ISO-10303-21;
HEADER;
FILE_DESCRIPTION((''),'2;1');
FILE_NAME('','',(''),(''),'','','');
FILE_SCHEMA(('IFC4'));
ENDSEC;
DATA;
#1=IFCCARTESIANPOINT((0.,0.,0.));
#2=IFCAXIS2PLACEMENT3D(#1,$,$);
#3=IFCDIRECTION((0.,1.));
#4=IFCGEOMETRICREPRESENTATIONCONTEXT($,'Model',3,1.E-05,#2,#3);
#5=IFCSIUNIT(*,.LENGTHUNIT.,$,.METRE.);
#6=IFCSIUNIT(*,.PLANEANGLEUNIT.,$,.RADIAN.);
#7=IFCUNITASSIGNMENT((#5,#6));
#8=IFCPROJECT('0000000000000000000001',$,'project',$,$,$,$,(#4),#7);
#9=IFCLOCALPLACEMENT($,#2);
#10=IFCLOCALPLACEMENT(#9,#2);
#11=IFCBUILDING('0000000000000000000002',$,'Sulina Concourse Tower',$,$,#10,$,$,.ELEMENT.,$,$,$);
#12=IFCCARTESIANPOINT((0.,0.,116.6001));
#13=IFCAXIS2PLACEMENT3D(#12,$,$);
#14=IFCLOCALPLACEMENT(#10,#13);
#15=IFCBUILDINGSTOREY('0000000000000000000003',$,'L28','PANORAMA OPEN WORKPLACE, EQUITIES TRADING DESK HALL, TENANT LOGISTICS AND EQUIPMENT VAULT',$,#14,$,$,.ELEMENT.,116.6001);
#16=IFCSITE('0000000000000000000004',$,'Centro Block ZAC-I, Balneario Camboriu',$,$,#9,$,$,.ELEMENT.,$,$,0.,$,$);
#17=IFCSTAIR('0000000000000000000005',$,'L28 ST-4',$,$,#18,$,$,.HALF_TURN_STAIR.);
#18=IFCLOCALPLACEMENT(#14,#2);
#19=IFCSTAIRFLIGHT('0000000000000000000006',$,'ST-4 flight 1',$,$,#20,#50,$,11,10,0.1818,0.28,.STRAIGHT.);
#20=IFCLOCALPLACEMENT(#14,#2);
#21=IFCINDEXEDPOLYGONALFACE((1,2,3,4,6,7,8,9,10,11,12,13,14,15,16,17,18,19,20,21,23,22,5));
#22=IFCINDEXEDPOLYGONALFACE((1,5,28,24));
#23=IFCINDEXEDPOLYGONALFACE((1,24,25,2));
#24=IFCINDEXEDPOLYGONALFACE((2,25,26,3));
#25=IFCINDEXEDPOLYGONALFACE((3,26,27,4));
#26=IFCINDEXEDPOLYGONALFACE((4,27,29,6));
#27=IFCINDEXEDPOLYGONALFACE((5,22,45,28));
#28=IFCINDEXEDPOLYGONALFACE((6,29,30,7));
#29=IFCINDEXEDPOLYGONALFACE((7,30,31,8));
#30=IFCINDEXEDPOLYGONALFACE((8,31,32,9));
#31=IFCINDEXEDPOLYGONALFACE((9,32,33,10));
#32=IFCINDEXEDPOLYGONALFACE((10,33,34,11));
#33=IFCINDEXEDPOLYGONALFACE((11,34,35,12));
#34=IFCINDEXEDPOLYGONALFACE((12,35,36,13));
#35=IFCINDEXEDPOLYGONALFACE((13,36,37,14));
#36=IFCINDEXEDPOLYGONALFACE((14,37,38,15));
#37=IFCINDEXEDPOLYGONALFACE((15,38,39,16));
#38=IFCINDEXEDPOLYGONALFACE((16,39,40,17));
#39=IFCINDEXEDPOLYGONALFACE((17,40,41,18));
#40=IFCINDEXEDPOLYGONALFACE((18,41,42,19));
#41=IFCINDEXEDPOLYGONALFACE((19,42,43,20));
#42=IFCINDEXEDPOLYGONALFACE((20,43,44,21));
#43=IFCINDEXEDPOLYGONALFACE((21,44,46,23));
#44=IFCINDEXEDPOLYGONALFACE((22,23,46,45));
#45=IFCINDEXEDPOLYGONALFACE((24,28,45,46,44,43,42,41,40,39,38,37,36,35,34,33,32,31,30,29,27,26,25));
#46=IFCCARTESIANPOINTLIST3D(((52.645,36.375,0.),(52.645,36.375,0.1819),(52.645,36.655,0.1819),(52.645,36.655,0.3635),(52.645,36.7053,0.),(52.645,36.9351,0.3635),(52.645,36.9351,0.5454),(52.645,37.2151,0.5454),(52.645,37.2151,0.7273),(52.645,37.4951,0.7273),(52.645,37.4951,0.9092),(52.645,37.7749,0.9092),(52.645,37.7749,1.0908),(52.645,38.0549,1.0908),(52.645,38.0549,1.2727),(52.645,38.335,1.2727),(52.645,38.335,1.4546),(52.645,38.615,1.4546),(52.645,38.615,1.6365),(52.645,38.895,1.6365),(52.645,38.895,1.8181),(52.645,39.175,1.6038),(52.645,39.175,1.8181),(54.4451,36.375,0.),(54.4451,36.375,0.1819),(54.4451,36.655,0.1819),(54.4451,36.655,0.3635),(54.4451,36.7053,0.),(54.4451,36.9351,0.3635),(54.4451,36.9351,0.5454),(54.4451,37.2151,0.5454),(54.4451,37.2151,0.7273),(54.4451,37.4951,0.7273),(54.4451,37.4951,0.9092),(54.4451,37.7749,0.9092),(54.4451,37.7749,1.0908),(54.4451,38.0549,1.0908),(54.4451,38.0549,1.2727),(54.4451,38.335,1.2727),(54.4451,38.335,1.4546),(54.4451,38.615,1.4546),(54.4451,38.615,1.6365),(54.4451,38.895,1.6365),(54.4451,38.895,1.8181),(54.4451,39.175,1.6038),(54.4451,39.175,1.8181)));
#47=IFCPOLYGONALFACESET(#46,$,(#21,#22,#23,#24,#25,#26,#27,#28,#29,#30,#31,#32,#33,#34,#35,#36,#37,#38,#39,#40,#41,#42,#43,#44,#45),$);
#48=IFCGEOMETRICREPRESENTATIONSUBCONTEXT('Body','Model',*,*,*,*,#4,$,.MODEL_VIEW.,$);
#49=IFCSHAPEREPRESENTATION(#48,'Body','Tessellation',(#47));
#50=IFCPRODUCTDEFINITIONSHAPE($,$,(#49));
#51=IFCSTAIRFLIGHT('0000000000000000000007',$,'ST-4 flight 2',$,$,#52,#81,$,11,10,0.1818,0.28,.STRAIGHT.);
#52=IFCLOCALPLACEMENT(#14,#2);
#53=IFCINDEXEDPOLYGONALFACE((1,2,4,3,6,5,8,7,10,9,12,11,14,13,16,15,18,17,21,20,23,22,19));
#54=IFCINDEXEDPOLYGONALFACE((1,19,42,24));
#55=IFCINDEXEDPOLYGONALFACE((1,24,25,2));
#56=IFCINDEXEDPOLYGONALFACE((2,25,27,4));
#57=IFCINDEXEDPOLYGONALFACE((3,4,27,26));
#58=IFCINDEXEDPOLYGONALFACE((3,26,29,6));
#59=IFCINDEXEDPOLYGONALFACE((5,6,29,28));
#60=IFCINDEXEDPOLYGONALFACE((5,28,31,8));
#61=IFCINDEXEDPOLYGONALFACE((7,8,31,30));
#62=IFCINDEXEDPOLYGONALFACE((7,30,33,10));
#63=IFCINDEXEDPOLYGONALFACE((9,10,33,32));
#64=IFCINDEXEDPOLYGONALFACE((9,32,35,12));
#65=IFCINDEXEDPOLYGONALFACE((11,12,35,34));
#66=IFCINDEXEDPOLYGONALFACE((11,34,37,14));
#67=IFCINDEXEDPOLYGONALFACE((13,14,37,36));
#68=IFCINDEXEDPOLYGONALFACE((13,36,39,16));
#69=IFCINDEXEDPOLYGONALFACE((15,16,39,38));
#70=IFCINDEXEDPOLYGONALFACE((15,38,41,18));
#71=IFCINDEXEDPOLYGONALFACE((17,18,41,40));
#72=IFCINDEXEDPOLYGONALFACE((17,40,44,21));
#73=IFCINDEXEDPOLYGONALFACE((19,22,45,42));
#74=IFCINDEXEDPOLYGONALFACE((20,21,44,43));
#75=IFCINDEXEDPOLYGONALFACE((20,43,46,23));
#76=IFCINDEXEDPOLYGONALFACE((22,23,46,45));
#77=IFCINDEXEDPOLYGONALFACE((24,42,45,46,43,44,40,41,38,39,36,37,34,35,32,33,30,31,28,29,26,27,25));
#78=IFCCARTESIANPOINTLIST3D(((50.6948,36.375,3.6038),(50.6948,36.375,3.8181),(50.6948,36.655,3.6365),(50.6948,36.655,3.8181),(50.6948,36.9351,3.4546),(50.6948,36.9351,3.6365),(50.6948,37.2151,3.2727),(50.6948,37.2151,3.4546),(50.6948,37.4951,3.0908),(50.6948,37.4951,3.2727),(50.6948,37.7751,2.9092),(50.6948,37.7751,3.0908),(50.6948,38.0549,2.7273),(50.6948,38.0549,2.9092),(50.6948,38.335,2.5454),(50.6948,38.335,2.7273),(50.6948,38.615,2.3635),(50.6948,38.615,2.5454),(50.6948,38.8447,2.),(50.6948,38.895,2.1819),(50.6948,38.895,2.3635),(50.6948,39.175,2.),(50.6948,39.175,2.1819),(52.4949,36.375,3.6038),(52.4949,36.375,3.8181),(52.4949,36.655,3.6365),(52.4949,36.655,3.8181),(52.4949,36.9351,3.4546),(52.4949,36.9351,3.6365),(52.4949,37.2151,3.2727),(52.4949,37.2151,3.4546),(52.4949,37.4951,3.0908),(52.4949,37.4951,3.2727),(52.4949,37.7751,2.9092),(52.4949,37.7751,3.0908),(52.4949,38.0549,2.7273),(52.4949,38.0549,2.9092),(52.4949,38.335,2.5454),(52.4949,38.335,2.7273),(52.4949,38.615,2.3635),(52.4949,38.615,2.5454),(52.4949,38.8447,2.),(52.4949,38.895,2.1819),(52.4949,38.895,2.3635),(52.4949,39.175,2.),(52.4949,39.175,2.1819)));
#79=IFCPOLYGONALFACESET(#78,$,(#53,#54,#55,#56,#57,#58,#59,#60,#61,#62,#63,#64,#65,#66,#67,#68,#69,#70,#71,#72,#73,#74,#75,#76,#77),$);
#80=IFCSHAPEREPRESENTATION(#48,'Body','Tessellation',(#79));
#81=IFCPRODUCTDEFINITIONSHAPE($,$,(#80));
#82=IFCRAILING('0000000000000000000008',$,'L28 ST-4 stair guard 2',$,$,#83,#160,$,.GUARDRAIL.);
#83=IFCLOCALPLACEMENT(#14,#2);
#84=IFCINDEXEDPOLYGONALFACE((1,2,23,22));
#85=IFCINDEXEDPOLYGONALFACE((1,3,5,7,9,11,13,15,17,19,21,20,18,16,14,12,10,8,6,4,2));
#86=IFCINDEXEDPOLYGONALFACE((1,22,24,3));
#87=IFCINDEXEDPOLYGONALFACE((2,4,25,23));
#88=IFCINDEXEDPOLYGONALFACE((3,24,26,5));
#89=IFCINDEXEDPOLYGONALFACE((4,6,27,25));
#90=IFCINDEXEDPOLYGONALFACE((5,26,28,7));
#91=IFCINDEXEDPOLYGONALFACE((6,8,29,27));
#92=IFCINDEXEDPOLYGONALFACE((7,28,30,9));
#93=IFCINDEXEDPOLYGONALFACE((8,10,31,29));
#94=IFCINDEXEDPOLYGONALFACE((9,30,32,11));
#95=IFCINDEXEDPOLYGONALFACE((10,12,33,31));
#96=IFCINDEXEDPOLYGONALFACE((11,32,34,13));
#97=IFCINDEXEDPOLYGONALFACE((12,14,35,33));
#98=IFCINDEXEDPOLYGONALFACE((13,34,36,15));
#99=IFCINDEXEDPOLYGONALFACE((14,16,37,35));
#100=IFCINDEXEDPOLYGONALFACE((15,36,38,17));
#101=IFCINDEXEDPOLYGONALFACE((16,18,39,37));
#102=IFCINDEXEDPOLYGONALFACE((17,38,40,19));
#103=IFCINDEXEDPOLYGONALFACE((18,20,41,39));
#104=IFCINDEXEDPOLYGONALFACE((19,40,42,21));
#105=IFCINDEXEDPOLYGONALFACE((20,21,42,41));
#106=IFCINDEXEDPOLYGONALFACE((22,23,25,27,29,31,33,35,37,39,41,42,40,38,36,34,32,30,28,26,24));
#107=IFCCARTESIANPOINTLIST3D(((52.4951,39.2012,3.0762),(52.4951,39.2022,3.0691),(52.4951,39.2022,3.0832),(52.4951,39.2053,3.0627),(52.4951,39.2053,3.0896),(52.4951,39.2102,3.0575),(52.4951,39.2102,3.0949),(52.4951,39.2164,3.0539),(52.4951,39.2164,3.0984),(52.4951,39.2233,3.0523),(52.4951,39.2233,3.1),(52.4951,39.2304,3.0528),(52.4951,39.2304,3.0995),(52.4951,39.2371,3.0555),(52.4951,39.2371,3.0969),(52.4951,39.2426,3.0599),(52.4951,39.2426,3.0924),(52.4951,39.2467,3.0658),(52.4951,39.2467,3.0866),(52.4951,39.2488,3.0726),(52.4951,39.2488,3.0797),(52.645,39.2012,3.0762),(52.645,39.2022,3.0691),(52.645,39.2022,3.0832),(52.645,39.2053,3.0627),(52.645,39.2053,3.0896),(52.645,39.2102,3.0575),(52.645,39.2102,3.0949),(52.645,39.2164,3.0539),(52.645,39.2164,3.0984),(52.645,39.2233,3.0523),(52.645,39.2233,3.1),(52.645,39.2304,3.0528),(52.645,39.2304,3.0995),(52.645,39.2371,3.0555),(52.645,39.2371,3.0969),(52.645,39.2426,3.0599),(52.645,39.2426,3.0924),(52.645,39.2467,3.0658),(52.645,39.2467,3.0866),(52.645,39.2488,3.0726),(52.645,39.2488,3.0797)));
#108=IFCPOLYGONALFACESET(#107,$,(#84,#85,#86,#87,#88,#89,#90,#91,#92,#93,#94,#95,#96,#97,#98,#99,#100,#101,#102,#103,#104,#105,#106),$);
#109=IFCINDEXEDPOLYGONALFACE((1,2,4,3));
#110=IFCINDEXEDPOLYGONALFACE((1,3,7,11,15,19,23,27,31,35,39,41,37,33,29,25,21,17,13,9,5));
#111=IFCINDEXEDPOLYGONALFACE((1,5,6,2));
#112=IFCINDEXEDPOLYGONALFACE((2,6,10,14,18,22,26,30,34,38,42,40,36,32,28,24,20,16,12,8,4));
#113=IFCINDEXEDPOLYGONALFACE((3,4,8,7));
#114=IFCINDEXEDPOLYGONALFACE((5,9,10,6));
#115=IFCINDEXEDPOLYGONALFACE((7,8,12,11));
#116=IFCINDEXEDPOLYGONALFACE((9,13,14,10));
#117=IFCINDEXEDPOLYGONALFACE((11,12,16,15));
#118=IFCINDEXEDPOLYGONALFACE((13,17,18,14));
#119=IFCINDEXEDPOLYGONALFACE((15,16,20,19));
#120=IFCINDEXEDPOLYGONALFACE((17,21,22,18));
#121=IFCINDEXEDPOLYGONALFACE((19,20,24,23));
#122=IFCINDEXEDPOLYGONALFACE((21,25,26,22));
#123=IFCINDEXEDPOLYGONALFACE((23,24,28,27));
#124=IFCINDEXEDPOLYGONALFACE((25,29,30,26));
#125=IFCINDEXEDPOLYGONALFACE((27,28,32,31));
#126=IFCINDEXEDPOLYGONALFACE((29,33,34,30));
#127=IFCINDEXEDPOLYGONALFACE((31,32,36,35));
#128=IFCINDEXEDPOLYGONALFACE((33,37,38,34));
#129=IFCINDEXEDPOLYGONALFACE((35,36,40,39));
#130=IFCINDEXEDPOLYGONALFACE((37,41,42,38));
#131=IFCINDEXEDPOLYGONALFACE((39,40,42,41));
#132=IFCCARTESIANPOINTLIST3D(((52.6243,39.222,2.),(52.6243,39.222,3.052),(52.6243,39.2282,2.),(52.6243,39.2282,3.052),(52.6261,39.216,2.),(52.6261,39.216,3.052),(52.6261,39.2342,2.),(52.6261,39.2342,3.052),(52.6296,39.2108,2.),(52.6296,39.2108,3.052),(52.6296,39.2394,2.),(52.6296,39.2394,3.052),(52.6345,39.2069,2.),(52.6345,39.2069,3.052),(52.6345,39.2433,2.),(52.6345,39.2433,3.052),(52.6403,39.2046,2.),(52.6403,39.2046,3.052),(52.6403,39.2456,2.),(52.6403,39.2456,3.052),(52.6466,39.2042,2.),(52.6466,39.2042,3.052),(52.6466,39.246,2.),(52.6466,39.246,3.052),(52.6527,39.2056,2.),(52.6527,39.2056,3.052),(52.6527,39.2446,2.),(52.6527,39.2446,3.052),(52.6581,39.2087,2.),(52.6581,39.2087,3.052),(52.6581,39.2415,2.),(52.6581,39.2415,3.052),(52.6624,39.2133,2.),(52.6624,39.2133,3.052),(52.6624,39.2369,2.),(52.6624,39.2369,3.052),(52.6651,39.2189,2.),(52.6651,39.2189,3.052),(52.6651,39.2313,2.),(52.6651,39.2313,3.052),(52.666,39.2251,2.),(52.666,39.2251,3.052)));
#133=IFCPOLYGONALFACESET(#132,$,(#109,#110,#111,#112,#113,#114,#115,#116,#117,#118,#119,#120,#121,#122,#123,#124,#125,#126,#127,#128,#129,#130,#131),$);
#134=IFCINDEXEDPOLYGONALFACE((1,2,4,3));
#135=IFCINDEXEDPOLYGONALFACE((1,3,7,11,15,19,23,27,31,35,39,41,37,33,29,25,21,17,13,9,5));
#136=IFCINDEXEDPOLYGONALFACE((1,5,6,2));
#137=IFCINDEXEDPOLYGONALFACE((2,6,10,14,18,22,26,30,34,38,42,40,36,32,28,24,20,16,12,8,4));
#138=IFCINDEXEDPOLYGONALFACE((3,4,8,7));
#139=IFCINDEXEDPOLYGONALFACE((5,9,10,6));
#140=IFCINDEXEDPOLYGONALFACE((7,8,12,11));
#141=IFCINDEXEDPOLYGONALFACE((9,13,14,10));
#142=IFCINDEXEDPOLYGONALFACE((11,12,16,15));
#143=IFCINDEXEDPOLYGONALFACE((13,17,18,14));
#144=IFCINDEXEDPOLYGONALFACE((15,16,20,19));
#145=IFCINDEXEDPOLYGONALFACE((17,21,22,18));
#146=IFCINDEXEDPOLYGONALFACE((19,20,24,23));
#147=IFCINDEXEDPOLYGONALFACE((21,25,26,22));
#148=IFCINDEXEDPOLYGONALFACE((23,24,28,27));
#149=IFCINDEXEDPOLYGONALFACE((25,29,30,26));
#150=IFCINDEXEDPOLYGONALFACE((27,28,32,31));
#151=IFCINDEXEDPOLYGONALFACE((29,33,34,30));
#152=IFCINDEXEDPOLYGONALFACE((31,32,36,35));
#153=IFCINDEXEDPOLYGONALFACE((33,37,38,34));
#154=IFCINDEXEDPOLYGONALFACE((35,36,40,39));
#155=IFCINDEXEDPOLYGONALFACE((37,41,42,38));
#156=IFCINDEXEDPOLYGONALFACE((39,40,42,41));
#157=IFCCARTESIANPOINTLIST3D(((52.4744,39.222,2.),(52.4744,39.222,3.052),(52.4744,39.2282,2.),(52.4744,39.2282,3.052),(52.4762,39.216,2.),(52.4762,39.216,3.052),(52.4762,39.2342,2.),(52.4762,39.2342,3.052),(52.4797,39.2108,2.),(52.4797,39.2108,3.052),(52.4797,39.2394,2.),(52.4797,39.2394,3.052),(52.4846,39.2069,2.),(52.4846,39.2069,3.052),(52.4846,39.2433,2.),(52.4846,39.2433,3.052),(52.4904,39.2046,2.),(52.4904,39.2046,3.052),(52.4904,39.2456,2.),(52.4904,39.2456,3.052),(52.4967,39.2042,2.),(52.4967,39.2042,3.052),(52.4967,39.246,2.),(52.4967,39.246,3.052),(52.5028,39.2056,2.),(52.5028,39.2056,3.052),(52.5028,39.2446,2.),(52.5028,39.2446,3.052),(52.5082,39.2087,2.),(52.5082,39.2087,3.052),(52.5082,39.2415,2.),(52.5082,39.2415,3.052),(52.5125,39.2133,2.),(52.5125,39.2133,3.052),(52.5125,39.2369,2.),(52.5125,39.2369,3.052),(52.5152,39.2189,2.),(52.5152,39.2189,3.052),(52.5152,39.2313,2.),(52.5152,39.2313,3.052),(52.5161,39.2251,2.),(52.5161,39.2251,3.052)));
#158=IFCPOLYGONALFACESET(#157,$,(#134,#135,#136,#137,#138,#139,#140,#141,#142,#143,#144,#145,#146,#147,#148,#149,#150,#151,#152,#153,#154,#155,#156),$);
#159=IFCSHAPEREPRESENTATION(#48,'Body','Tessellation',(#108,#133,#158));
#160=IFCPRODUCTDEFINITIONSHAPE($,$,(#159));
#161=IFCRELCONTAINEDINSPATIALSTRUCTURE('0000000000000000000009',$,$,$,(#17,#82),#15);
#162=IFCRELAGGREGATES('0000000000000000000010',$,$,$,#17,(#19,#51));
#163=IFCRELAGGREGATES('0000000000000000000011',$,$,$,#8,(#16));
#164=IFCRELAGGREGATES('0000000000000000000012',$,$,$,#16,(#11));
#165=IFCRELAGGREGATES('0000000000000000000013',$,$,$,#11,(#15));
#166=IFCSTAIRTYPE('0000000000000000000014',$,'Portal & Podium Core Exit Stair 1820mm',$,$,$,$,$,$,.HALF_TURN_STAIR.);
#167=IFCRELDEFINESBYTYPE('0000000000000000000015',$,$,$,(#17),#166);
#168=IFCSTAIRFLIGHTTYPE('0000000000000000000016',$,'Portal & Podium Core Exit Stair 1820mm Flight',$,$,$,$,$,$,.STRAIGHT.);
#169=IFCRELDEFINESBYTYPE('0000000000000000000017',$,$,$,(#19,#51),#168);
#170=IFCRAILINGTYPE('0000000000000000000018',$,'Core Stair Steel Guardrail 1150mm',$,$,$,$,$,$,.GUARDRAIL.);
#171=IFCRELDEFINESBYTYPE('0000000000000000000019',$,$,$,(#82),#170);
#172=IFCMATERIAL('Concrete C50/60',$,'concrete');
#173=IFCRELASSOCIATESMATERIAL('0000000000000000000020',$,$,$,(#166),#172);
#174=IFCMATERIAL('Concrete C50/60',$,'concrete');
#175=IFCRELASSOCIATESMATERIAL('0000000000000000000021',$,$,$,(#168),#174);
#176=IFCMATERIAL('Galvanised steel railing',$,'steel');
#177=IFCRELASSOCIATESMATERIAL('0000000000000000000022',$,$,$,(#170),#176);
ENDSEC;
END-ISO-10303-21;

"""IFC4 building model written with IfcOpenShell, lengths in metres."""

from ifc_helpers import new_model, si_unit, direction, frame, origin, origin_2d, place, context, subcontext, project, spatial, polyline, circle, outline, extrude, material, type_object, element, aggregate, save


model = new_model("IFC4")

# Units and contexts
model_context = context("Model", 3, precision=1e-05, world=origin(), true_north=direction((0.0, 1.0)))
body_context = subcontext(model_context, "Body", "Model", "MODEL_VIEW")
ifc_project = project(units=[si_unit("LENGTHUNIT", "METRE"), si_unit("PLANEANGLEUNIT", "RADIAN")], contexts=[model_context])

# Site, building, storey
site_placement = place(None, origin())
site = spatial("IfcSite", under=ifc_project, at=site_placement, Name="Centro Block ZAC-I, Balneario Camboriu", CompositionType="ELEMENT", RefElevation=0.0)
building_placement = place(site_placement, origin())
building = spatial("IfcBuilding", under=site, at=building_placement, Name="Sulina Concourse Tower", CompositionType="ELEMENT")
storey_placement = place(building_placement, frame((0.0, 0.0, 116.6001)))
storey = spatial("IfcBuildingStorey", under=building, at=storey_placement, Name="L28", Description="PANORAMA OPEN WORKPLACE, EQUITIES TRADING DESK HALL, TENANT LOGISTICS AND EQUIPMENT VAULT", CompositionType="ELEMENT", Elevation=116.6001)

# Stair, stair flights
ifc_material_1 = material(Name="Concrete C50/60", Category="concrete")
stair_type = type_object("IfcStairType", Name="Portal & Podium Core Exit Stair 1820mm", PredefinedType="HALF_TURN_STAIR", material=ifc_material_1)
stair_placement = place(storey_placement, origin())
stair = element("IfcStair", 1, at=stair_placement, inside=storey, type_object=stair_type, Name="L28 ST-4", PredefinedType="HALF_TURN_STAIR")
ifc_material_2 = material(Name="Concrete C50/60", Category="concrete")
stair_flight_type = type_object("IfcStairFlightType", Name="Portal & Podium Core Exit Stair 1820mm Flight", PredefinedType="STRAIGHT", material=ifc_material_2)
stair_flight_1_placement = place(storey_placement, frame((53.5449, 36.375, 0.0), z_axis=(0.0, 0.0, 1.0), x_axis=(0.0, 1.0, 0.0)))
stair_flight_1 = element("IfcStairFlight", 2, at=stair_flight_1_placement, type_object=stair_flight_type, Name="ST-4 flight 1", NumberOfRisers=11, NumberOfTreads=10, PredefinedType="STRAIGHT", RiserHeight=0.1818, TreadLength=0.28, context=body_context, shape_type="SweptSolid", body=[
    extrude(outline(polyline([(0.0, 0.0), (0.0, 0.1819), (0.28, 0.1819), (0.28, 0.3635), (0.5601, 0.3635), (0.5601, 0.5454), (0.8401, 0.5454), (0.8401, 0.7273), (1.1201, 0.7273), (1.1201, 0.9092), (1.3999, 0.9092), (1.3999, 1.0908), (1.6799, 1.0908), (1.6799, 1.2727), (1.96, 1.2727), (1.96, 1.4546), (2.24, 1.4546), (2.24, 1.6365), (2.52, 1.6365), (2.52, 1.8181), (2.8, 1.8181), (2.8, 2.0), (2.8, 1.6038), (0.3303, 0.0), (0.0, 0.0)])), frame((0.0, 0.8999, 0.0), z_axis=(0.0, -1.0, 0.0), x_axis=(1.0, 0.0, 0.0)), (0.0, 0.0, 1.0), 1.8),
])
stair_flight_2_placement = place(storey_placement, frame((51.595, 39.175, 2.0), z_axis=(0.0, 0.0, 1.0), x_axis=(0.0, -1.0, 0.0)))
stair_flight_2 = element("IfcStairFlight", 3, at=stair_flight_2_placement, type_object=stair_flight_type, Name="ST-4 flight 2", NumberOfRisers=11, NumberOfTreads=10, PredefinedType="STRAIGHT", RiserHeight=0.1818, TreadLength=0.28, context=body_context, shape_type="SweptSolid", body=[
    extrude(outline(polyline([(0.0, 0.0), (0.0, 0.1819), (0.28, 0.1819), (0.28, 0.3635), (0.5601, 0.3635), (0.5601, 0.5454), (0.8401, 0.5454), (0.8401, 0.7273), (1.1201, 0.7273), (1.1201, 0.9092), (1.3999, 0.9092), (1.3999, 1.0908), (1.6799, 1.0908), (1.6799, 1.2727), (1.96, 1.2727), (1.96, 1.4546), (2.24, 1.4546), (2.24, 1.6365), (2.52, 1.6365), (2.52, 1.8181), (2.8, 1.8181), (2.8, 2.0), (2.8, 1.6038), (0.3303, 0.0), (0.0, 0.0)])), frame((0.0, 0.8999, 0.0), z_axis=(0.0, -1.0, 0.0), x_axis=(1.0, 0.0, 0.0)), (0.0, 0.0, 1.0), 1.8),
])
aggregate(stair, [stair_flight_1, stair_flight_2])

# Railing
ifc_material_3 = material(Name="Galvanised steel railing", Category="steel")
railing_type_1 = type_object("IfcRailingType", Name="Core Stair Steel Guardrail 1150mm", PredefinedType="GUARDRAIL", material=ifc_material_3)
railing_1_placement = place(storey_placement, frame((52.645, 39.2251, 2.0)))
element("IfcRailing", 4, at=railing_1_placement, inside=storey, type_object=railing_type_1, Name="L28 ST-4 stair guard 2", PredefinedType="GUARDRAIL", context=body_context, shape_type="SweptSolid", body=[
    extrude(circle(Radius=0.0239, at=origin_2d()), frame((0.0, 0.0, 1.0762), z_axis=(-1.0, 0.0, 0.0), x_axis=(0.0, -1.0, 0.0)), (0.0, 0.0, 1.0), 0.1499),
    extrude(circle(Radius=0.021, at=origin_2d()), origin(), (0.0, 0.0, 1.0), 1.052),
    extrude(circle(Radius=0.021, at=origin_2d()), frame((-0.1499, 0.0, 0.0)), (0.0, 0.0, 1.0), 1.052),
])

save(model, "model.ifc")
